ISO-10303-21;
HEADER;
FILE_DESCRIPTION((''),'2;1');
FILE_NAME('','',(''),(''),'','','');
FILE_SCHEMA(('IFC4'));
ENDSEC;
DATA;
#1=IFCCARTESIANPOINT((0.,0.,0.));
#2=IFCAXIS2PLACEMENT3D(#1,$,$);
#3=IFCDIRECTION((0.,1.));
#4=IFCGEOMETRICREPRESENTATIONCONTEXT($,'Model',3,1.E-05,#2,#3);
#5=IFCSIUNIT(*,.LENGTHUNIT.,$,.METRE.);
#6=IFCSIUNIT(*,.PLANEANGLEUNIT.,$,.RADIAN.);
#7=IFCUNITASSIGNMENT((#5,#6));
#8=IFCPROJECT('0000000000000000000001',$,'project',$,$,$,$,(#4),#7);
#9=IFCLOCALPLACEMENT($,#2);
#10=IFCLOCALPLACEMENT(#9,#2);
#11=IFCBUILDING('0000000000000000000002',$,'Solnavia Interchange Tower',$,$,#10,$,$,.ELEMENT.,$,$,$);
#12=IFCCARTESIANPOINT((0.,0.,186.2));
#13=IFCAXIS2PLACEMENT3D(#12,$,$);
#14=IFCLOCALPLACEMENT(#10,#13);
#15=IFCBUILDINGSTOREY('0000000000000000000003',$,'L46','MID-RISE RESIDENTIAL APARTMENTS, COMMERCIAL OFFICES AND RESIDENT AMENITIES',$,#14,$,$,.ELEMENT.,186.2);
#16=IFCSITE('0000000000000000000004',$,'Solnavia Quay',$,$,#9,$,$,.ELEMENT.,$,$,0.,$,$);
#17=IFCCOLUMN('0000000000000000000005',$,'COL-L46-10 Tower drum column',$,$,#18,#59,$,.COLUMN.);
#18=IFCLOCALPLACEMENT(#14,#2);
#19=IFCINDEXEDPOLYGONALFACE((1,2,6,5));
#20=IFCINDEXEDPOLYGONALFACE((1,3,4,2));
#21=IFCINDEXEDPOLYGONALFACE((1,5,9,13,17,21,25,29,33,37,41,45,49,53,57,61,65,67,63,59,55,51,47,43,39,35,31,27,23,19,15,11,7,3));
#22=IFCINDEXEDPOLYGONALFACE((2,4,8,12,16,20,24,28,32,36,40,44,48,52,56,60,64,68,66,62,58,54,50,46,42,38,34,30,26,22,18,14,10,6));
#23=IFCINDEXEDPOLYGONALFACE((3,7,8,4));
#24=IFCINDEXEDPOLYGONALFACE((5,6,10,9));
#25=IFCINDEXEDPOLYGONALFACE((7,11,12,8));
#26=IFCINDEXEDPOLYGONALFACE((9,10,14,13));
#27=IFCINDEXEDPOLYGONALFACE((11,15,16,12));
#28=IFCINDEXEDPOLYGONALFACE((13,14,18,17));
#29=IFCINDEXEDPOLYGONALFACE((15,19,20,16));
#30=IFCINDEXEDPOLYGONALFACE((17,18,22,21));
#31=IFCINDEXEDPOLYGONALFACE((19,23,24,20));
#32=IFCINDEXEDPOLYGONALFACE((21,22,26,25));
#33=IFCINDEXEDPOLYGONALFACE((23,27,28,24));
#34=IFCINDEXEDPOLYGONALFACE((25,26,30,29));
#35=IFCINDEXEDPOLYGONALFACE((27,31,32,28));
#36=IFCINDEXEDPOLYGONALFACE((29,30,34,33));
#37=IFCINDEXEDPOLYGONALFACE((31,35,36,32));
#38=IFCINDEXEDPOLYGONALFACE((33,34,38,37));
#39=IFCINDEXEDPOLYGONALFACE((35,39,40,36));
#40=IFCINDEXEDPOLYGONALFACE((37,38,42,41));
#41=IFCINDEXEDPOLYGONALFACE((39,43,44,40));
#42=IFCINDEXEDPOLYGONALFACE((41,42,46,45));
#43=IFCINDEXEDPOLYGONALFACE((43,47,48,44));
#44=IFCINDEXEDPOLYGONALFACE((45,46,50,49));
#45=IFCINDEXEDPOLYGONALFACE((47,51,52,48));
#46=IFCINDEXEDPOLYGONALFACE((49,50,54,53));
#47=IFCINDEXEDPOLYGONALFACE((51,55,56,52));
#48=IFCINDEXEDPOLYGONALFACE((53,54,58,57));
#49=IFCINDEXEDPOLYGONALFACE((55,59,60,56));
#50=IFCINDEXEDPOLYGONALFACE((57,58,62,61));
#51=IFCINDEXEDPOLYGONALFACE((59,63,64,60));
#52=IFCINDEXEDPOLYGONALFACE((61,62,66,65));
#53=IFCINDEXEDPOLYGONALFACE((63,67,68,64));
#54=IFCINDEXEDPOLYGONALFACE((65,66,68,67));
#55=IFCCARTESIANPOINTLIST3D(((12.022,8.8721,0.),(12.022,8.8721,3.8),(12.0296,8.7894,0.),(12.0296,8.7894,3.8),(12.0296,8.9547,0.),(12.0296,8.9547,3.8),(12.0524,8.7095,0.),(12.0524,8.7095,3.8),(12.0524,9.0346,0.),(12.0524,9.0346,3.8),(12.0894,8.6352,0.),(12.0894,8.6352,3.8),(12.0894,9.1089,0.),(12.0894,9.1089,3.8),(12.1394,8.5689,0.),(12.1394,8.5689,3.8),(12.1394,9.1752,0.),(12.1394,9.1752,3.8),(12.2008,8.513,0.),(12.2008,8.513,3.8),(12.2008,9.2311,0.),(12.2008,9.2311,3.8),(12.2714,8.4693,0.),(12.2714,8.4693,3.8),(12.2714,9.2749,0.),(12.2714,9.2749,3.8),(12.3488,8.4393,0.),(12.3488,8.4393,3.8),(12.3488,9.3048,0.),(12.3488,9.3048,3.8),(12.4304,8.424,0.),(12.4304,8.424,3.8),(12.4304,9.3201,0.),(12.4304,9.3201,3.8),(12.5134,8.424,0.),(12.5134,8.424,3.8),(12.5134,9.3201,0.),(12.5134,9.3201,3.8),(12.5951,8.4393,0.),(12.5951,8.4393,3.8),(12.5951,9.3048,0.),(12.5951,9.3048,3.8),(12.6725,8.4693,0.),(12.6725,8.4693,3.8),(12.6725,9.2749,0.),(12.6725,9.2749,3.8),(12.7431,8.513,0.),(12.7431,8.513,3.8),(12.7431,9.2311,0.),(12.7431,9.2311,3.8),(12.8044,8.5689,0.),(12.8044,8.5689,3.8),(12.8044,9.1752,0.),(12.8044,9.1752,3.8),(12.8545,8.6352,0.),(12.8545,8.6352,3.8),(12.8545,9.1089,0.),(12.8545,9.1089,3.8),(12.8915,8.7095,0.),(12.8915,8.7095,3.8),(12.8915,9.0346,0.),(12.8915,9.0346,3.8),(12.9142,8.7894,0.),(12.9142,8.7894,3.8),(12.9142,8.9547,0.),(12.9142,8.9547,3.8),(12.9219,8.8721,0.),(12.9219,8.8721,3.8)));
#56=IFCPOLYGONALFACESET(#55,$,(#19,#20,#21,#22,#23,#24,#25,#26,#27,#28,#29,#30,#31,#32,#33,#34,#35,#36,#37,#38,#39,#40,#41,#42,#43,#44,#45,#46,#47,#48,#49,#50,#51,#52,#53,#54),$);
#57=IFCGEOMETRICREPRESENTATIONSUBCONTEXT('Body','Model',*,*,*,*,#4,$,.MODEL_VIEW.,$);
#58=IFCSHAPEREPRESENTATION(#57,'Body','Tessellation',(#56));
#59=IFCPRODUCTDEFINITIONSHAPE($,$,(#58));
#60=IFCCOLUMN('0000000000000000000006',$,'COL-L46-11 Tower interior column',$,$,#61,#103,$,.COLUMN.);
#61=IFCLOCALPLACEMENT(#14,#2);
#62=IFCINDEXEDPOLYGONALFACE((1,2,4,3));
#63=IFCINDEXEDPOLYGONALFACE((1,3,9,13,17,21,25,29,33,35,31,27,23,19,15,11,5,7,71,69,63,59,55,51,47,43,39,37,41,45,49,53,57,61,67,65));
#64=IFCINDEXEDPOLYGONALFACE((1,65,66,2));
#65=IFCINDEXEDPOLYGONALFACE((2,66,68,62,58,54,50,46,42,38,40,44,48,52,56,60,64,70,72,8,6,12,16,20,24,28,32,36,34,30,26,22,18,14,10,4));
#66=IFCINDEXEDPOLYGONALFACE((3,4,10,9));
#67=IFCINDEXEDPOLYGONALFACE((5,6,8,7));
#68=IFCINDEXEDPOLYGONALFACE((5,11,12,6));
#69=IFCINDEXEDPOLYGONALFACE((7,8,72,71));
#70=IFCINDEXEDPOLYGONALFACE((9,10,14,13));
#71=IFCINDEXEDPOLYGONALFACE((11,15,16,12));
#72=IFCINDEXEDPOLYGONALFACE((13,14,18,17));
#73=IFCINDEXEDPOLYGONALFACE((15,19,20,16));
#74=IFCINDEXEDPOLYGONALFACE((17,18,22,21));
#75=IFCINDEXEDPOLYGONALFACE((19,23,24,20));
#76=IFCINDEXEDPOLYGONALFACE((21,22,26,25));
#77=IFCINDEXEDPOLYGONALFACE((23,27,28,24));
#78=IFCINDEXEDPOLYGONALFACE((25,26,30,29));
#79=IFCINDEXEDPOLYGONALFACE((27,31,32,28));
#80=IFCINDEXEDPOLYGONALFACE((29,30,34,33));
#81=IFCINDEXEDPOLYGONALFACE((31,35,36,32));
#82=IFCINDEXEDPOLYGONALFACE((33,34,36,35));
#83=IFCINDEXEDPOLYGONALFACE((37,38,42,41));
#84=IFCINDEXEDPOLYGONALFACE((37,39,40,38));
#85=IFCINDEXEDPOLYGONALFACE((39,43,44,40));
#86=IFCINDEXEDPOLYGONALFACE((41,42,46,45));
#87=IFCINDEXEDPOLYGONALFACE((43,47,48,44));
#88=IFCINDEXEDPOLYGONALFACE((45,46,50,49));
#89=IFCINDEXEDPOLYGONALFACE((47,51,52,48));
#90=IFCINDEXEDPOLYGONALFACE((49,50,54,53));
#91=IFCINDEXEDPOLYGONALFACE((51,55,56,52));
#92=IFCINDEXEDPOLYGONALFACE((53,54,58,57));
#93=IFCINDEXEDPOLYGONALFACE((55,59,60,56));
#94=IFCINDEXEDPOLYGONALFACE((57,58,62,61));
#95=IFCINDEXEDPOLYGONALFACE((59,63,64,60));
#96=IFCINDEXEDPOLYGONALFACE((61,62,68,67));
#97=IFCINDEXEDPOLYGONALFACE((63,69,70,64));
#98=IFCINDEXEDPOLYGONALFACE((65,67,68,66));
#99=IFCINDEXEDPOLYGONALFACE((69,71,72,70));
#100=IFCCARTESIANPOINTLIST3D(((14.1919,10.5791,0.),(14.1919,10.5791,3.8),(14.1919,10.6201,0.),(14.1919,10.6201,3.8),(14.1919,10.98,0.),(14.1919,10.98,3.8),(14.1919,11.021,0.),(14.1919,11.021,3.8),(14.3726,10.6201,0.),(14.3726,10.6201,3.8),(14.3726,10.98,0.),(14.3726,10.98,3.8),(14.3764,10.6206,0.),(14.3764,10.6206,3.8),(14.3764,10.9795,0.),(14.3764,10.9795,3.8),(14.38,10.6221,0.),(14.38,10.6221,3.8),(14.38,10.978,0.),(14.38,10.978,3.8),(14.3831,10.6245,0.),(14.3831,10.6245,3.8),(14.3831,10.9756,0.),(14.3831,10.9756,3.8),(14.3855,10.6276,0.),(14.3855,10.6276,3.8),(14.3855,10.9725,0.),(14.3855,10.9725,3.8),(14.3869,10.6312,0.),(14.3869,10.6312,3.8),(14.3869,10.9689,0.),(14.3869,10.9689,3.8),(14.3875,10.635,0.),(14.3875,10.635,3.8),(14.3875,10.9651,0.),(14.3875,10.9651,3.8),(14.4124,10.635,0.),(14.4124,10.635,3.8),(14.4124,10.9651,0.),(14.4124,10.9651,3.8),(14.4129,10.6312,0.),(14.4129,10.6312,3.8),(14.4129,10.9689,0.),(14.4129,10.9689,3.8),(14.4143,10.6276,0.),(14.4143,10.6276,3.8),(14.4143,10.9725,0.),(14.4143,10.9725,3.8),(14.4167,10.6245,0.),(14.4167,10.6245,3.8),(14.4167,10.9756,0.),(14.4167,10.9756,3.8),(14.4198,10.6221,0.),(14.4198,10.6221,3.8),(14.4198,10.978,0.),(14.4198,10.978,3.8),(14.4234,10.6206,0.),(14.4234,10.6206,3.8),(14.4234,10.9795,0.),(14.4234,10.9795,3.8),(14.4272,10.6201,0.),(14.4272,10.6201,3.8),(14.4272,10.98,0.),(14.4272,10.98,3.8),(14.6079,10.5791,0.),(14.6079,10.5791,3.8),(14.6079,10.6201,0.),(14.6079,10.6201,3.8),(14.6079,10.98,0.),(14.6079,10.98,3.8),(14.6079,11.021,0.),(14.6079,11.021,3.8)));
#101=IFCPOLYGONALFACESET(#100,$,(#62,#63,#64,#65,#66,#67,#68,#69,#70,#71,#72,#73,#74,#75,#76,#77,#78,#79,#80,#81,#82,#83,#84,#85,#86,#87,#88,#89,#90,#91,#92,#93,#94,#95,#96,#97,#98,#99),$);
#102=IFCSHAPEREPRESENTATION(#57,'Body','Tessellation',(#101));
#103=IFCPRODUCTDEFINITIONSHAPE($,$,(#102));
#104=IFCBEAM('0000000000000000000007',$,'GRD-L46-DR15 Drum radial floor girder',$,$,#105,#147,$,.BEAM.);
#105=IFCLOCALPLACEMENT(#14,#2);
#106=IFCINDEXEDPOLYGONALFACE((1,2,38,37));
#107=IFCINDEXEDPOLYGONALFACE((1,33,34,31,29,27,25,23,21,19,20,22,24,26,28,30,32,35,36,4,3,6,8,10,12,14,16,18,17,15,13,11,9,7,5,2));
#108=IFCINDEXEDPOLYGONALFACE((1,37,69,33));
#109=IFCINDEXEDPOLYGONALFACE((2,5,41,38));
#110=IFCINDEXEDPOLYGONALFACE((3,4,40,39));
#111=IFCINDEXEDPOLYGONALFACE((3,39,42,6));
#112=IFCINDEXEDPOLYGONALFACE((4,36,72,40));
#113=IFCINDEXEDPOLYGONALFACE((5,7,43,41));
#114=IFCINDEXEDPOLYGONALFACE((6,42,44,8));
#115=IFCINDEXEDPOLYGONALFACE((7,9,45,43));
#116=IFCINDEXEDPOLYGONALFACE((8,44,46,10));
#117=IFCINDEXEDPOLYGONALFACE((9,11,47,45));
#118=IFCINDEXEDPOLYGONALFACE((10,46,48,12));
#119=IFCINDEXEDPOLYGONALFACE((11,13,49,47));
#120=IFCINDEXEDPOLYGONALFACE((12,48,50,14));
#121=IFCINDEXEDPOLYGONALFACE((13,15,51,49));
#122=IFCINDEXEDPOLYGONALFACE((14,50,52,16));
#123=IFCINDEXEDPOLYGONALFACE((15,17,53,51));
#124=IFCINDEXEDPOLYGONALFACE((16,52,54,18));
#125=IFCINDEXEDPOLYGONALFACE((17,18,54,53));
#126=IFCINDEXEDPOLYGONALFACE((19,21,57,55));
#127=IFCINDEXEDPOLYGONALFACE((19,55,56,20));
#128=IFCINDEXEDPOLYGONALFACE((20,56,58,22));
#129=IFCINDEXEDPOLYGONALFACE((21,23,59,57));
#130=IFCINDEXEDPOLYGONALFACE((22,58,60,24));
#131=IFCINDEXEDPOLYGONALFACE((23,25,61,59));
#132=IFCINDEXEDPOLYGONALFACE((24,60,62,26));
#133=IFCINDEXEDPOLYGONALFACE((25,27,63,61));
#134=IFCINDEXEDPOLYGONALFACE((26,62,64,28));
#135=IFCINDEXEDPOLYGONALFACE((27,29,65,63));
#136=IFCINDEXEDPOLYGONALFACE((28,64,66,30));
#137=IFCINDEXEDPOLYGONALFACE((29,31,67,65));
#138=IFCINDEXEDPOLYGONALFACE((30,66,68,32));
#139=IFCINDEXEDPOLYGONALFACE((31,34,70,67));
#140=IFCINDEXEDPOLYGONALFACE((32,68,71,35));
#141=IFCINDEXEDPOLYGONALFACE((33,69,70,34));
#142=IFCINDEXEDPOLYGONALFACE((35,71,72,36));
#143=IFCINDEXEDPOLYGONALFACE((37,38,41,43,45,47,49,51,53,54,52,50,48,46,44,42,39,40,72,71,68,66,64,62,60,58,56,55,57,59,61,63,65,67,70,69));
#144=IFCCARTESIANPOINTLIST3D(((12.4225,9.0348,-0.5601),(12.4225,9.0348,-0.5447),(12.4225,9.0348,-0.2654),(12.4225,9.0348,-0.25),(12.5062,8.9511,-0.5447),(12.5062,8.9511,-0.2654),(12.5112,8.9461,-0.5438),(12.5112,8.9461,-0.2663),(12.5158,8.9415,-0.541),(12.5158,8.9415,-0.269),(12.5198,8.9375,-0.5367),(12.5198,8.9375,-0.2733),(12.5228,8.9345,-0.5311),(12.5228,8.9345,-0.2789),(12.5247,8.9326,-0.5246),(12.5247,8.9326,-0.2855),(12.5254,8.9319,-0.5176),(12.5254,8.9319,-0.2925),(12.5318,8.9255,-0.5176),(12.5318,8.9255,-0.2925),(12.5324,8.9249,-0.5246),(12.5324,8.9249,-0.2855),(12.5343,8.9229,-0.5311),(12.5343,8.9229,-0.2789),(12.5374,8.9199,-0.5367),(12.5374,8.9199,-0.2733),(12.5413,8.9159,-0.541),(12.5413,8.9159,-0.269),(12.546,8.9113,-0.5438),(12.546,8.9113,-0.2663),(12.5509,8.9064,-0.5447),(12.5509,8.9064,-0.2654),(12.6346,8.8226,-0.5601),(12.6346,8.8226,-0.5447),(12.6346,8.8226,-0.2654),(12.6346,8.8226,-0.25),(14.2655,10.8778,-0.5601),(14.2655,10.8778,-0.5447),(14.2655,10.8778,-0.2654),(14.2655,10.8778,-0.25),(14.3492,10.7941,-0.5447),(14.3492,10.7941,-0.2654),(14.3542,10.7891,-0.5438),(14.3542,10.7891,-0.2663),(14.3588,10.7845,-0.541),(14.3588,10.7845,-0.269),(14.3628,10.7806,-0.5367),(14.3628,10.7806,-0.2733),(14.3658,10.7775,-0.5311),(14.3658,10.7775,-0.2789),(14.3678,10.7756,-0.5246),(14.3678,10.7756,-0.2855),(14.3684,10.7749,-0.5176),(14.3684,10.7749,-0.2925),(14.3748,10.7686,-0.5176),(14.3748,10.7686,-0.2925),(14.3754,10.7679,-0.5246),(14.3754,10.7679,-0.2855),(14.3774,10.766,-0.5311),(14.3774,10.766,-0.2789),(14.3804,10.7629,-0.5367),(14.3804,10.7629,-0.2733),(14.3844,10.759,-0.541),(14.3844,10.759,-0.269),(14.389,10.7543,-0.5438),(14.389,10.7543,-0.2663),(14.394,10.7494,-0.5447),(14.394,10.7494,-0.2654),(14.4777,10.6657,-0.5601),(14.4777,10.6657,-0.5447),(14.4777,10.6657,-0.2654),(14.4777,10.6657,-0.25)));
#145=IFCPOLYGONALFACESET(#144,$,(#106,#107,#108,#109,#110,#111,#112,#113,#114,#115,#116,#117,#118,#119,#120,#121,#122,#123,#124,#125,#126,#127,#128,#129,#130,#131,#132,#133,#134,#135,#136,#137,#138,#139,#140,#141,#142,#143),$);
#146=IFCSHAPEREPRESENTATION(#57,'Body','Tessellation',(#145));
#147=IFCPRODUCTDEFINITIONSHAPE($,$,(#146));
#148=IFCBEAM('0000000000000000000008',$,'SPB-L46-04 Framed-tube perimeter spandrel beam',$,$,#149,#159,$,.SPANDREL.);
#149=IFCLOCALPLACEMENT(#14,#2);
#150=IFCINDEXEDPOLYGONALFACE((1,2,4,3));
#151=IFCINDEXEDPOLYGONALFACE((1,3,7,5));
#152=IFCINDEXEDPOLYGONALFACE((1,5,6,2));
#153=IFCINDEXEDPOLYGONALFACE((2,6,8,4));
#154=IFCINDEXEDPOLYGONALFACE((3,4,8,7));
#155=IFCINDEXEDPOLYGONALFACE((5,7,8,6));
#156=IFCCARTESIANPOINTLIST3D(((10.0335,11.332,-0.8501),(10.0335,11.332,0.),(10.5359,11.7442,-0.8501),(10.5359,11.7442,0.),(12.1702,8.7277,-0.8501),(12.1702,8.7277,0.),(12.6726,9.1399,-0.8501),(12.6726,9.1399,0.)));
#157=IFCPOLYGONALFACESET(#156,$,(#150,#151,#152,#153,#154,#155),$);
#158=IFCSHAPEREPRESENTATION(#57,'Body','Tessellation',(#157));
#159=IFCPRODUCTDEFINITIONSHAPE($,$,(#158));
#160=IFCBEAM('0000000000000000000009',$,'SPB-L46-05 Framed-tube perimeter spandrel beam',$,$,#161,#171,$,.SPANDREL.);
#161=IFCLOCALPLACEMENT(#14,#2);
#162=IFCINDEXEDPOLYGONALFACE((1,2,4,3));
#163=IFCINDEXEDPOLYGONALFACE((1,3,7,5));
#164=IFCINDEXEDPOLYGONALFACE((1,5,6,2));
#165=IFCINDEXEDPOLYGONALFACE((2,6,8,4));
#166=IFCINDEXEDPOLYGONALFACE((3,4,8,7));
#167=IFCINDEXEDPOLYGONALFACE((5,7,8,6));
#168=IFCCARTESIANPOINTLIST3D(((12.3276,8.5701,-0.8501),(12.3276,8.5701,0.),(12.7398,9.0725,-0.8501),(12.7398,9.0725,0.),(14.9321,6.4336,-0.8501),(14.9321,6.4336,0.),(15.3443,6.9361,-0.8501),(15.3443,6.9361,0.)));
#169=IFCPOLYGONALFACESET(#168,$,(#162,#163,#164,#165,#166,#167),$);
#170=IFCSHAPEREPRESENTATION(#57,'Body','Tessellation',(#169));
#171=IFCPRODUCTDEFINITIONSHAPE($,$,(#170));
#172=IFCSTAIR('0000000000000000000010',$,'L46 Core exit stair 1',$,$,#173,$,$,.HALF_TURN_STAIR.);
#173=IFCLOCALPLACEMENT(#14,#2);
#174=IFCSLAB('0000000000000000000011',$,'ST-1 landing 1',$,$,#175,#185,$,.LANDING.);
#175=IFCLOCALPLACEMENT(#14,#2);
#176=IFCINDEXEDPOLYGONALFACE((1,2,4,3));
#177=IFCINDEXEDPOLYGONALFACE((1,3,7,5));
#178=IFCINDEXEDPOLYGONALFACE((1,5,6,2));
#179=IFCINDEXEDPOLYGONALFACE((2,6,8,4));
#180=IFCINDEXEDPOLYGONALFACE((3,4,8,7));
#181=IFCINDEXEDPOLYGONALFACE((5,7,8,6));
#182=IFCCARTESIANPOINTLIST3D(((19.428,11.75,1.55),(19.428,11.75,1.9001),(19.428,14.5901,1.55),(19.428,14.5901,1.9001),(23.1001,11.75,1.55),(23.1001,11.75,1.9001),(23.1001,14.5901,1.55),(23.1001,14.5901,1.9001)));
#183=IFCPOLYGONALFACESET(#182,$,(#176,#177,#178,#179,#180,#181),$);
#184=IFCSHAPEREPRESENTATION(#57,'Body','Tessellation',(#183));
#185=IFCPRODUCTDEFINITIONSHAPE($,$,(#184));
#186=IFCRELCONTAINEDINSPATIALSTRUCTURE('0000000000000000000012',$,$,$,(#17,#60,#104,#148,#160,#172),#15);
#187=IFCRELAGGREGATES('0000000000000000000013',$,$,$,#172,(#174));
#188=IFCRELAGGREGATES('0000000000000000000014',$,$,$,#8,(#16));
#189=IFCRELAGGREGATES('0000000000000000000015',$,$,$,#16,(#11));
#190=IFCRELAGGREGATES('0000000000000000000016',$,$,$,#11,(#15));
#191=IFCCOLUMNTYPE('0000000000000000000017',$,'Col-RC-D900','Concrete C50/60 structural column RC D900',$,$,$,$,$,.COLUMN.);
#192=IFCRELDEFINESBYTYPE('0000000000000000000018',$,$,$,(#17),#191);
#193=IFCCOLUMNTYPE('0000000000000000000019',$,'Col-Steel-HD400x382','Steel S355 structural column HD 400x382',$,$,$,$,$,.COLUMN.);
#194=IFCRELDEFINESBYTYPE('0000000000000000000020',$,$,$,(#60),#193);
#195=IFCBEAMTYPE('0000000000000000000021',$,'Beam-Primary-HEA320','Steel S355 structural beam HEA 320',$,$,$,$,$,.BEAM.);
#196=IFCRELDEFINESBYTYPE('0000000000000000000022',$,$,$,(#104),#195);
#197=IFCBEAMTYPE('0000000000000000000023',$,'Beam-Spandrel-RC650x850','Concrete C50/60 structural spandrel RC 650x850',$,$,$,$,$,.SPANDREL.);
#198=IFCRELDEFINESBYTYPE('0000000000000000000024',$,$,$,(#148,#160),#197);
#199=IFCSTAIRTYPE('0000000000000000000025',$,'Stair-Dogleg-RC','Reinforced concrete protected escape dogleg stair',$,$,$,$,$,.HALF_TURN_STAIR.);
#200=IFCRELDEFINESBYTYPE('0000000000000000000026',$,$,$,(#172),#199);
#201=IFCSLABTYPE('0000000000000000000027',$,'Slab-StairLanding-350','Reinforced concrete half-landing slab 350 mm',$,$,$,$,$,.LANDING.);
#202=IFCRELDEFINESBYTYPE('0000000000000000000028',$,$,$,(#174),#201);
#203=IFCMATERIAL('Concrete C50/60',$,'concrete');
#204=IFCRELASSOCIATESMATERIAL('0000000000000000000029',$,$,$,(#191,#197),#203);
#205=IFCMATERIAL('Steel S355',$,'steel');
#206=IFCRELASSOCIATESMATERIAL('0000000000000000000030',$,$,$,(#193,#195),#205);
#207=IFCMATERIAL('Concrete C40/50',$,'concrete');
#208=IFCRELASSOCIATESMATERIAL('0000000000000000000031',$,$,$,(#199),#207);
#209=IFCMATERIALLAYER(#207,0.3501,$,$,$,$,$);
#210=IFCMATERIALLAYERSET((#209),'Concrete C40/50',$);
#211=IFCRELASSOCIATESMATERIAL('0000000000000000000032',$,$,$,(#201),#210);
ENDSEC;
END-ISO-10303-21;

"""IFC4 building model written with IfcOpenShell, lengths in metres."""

from ifc_helpers import new_model, si_unit, direction, frame, origin, origin_2d, place, context, subcontext, project, spatial, polyline, rectangle, circle, i_section, outline, extrude, material, layer, layer_set, material_profile, profile_set, type_object, element, aggregate, save


model = new_model("IFC4")

# Units and contexts
model_context = context("Model", 3, precision=1e-05, world=origin(), true_north=direction((0.0, 1.0)))
body_context = subcontext(model_context, "Body", "Model", "MODEL_VIEW")
ifc_project = project(units=[si_unit("LENGTHUNIT", "METRE"), si_unit("PLANEANGLEUNIT", "RADIAN")], contexts=[model_context])

# Site, building, storey
site_placement = place(None, origin())
site = spatial("IfcSite", under=ifc_project, at=site_placement, Name="Solnavia Quay", CompositionType="ELEMENT", RefElevation=0.0)
building_placement = place(site_placement, origin())
building = spatial("IfcBuilding", under=site, at=building_placement, Name="Solnavia Interchange Tower", CompositionType="ELEMENT")
storey_placement = place(building_placement, frame((0.0, 0.0, 186.2)))
storey = spatial("IfcBuildingStorey", under=building, at=storey_placement, Name="L46", Description="MID-RISE RESIDENTIAL APARTMENTS, COMMERCIAL OFFICES AND RESIDENT AMENITIES", CompositionType="ELEMENT", Elevation=186.2)

# Columns
ifc_material_1 = material(Name="Concrete C50/60", Category="concrete")
ifc_material_profile_1 = material_profile(ifc_material_1, circle(Radius=0.45, at=origin_2d()), Name="RC D900")
ifc_profile_set_1 = profile_set([ifc_material_profile_1], Name="Concrete C50/60")
column_type_1 = type_object("IfcColumnType", Name="Col-RC-D900", Description="Concrete C50/60 structural column RC D900", PredefinedType="COLUMN", material=ifc_profile_set_1)
column_1_placement = place(storey_placement, frame((12.4719, 8.8721, 0.0), z_axis=(0.0, 0.0, 1.0), x_axis=(1.0, 0.0, 0.0)))
element("IfcColumn", 1, at=column_1_placement, inside=storey, type_object=column_type_1, Name="COL-L46-10 Tower drum column", PredefinedType="COLUMN", context=body_context, shape_type="SweptSolid", body=[
    extrude(circle(Radius=0.45, at=origin_2d()), origin(), (0.0, 0.0, 1.0), 3.8),
])
ifc_material_2 = material(Name="Steel S355", Category="steel")
ifc_material_profile_2 = material_profile(ifc_material_2, i_section(OverallWidth=0.416, OverallDepth=0.4419, WebThickness=0.0249, FlangeThickness=0.041, FilletRadius=0.0149, at=origin_2d()), Name="HD 400x382")
ifc_profile_set_2 = profile_set([ifc_material_profile_2], Name="Steel S355")
column_type_2 = type_object("IfcColumnType", Name="Col-Steel-HD400x382", Description="Steel S355 structural column HD 400x382", PredefinedType="COLUMN", material=ifc_profile_set_2)
column_2_placement = place(storey_placement, frame((14.3999, 10.8, 0.0), z_axis=(0.0, 0.0, 1.0), x_axis=(1.0, 0.0, 0.0)))
element("IfcColumn", 2, at=column_2_placement, inside=storey, type_object=column_type_2, Name="COL-L46-11 Tower interior column", PredefinedType="COLUMN", context=body_context, shape_type="SweptSolid", body=[
    extrude(i_section(OverallWidth=0.416, OverallDepth=0.4419, WebThickness=0.0249, FlangeThickness=0.041, FilletRadius=0.0149, at=origin_2d()), origin(), (0.0, 0.0, 1.0), 3.8),
])

# Beams
ifc_material_profile_3 = material_profile(ifc_material_2, i_section(OverallWidth=0.3, OverallDepth=0.3101, WebThickness=0.009, FlangeThickness=0.0154, FilletRadius=0.0271, at=origin_2d()), Name="HEA 320")
ifc_profile_set_3 = profile_set([ifc_material_profile_3], Name="Steel S355")
beam_type_1 = type_object("IfcBeamType", Name="Beam-Primary-HEA320", Description="Steel S355 structural beam HEA 320", PredefinedType="BEAM", material=ifc_profile_set_3)
beam_placement = place(storey_placement, frame((12.5286, 8.9287, -0.405), z_axis=(0.707107, 0.707107, 0.0), x_axis=(-0.707107, 0.707107, 0.0)))
element("IfcBeam", 3, at=beam_placement, inside=storey, type_object=beam_type_1, Name="GRD-L46-DR15 Drum radial floor girder", PredefinedType="BEAM", context=body_context, shape_type="SweptSolid", body=[
    extrude(i_section(OverallWidth=0.3, OverallDepth=0.3101, WebThickness=0.009, FlangeThickness=0.0154, FilletRadius=0.0271, at=origin_2d()), origin(), (0.0, 0.0, 1.0), 2.6064),
])
ifc_material_profile_4 = material_profile(ifc_material_1, rectangle(XDim=0.6499, YDim=0.8501, at=origin_2d()), Name="RC 650x850")
ifc_profile_set_4 = profile_set([ifc_material_profile_4], Name="Concrete C50/60")
beam_type_2 = type_object("IfcBeamType", Name="Beam-Spandrel-RC650x850", Description="Concrete C50/60 structural spandrel RC 650x850", PredefinedType="SPANDREL", material=ifc_profile_set_4)
for number, where, z_axis, x_axis, name in (
    (4, (10.2847, 11.5381, -0.425), (0.634299, -0.773088, 0.0), (0.773088, 0.634299, 0.0), "SPB-L46-04 Framed-tube perimeter spandrel beam"),
    (5, (12.5337, 8.8213, -0.425), (0.773153, -0.63422, 0.0), (0.63422, 0.773153, 0.0), "SPB-L46-05 Framed-tube perimeter spandrel beam"),
):
    element("IfcBeam", number, at=place(storey_placement, frame(where, z_axis=z_axis, x_axis=x_axis)), inside=storey, type_object=beam_type_2, Name=name, PredefinedType="SPANDREL", context=body_context, shape_type="SweptSolid", body=[
        extrude(rectangle(XDim=0.6499, YDim=0.8501, at=origin_2d()), origin(), (0.0, 0.0, 1.0), 3.3687),
    ])

# Stair, slab
ifc_material_3 = material(Name="Concrete C40/50", Category="concrete")
stair_type = type_object("IfcStairType", Name="Stair-Dogleg-RC", Description="Reinforced concrete protected escape dogleg stair", PredefinedType="HALF_TURN_STAIR", material=ifc_material_3)
stair_1_placement = place(storey_placement, origin())
stair_1 = element("IfcStair", 6, at=stair_1_placement, inside=storey, type_object=stair_type, Name="L46 Core exit stair 1", PredefinedType="HALF_TURN_STAIR")
ifc_layer_1 = layer(ifc_material_3, 0.3501)
ifc_layer_set_1 = layer_set([ifc_layer_1], Name="Concrete C40/50")
slab_type_1 = type_object("IfcSlabType", Name="Slab-StairLanding-350", Description="Reinforced concrete half-landing slab 350 mm", PredefinedType="LANDING", material=ifc_layer_set_1)
slab_1_placement = place(storey_placement, frame((0.0, 0.0, 1.55)))
slab_1 = element("IfcSlab", 7, at=slab_1_placement, type_object=slab_type_1, Name="ST-1 landing 1", PredefinedType="LANDING", context=body_context, shape_type="SweptSolid", body=[
    extrude(outline(polyline([(19.428, 11.75), (23.1001, 11.75), (23.1001, 14.5901), (19.428, 14.5901), (19.428, 11.75)])), origin(), (0.0, 0.0, 1.0), 0.3501),
])
aggregate(stair_1, [slab_1])

save(model, "model.ifc")
